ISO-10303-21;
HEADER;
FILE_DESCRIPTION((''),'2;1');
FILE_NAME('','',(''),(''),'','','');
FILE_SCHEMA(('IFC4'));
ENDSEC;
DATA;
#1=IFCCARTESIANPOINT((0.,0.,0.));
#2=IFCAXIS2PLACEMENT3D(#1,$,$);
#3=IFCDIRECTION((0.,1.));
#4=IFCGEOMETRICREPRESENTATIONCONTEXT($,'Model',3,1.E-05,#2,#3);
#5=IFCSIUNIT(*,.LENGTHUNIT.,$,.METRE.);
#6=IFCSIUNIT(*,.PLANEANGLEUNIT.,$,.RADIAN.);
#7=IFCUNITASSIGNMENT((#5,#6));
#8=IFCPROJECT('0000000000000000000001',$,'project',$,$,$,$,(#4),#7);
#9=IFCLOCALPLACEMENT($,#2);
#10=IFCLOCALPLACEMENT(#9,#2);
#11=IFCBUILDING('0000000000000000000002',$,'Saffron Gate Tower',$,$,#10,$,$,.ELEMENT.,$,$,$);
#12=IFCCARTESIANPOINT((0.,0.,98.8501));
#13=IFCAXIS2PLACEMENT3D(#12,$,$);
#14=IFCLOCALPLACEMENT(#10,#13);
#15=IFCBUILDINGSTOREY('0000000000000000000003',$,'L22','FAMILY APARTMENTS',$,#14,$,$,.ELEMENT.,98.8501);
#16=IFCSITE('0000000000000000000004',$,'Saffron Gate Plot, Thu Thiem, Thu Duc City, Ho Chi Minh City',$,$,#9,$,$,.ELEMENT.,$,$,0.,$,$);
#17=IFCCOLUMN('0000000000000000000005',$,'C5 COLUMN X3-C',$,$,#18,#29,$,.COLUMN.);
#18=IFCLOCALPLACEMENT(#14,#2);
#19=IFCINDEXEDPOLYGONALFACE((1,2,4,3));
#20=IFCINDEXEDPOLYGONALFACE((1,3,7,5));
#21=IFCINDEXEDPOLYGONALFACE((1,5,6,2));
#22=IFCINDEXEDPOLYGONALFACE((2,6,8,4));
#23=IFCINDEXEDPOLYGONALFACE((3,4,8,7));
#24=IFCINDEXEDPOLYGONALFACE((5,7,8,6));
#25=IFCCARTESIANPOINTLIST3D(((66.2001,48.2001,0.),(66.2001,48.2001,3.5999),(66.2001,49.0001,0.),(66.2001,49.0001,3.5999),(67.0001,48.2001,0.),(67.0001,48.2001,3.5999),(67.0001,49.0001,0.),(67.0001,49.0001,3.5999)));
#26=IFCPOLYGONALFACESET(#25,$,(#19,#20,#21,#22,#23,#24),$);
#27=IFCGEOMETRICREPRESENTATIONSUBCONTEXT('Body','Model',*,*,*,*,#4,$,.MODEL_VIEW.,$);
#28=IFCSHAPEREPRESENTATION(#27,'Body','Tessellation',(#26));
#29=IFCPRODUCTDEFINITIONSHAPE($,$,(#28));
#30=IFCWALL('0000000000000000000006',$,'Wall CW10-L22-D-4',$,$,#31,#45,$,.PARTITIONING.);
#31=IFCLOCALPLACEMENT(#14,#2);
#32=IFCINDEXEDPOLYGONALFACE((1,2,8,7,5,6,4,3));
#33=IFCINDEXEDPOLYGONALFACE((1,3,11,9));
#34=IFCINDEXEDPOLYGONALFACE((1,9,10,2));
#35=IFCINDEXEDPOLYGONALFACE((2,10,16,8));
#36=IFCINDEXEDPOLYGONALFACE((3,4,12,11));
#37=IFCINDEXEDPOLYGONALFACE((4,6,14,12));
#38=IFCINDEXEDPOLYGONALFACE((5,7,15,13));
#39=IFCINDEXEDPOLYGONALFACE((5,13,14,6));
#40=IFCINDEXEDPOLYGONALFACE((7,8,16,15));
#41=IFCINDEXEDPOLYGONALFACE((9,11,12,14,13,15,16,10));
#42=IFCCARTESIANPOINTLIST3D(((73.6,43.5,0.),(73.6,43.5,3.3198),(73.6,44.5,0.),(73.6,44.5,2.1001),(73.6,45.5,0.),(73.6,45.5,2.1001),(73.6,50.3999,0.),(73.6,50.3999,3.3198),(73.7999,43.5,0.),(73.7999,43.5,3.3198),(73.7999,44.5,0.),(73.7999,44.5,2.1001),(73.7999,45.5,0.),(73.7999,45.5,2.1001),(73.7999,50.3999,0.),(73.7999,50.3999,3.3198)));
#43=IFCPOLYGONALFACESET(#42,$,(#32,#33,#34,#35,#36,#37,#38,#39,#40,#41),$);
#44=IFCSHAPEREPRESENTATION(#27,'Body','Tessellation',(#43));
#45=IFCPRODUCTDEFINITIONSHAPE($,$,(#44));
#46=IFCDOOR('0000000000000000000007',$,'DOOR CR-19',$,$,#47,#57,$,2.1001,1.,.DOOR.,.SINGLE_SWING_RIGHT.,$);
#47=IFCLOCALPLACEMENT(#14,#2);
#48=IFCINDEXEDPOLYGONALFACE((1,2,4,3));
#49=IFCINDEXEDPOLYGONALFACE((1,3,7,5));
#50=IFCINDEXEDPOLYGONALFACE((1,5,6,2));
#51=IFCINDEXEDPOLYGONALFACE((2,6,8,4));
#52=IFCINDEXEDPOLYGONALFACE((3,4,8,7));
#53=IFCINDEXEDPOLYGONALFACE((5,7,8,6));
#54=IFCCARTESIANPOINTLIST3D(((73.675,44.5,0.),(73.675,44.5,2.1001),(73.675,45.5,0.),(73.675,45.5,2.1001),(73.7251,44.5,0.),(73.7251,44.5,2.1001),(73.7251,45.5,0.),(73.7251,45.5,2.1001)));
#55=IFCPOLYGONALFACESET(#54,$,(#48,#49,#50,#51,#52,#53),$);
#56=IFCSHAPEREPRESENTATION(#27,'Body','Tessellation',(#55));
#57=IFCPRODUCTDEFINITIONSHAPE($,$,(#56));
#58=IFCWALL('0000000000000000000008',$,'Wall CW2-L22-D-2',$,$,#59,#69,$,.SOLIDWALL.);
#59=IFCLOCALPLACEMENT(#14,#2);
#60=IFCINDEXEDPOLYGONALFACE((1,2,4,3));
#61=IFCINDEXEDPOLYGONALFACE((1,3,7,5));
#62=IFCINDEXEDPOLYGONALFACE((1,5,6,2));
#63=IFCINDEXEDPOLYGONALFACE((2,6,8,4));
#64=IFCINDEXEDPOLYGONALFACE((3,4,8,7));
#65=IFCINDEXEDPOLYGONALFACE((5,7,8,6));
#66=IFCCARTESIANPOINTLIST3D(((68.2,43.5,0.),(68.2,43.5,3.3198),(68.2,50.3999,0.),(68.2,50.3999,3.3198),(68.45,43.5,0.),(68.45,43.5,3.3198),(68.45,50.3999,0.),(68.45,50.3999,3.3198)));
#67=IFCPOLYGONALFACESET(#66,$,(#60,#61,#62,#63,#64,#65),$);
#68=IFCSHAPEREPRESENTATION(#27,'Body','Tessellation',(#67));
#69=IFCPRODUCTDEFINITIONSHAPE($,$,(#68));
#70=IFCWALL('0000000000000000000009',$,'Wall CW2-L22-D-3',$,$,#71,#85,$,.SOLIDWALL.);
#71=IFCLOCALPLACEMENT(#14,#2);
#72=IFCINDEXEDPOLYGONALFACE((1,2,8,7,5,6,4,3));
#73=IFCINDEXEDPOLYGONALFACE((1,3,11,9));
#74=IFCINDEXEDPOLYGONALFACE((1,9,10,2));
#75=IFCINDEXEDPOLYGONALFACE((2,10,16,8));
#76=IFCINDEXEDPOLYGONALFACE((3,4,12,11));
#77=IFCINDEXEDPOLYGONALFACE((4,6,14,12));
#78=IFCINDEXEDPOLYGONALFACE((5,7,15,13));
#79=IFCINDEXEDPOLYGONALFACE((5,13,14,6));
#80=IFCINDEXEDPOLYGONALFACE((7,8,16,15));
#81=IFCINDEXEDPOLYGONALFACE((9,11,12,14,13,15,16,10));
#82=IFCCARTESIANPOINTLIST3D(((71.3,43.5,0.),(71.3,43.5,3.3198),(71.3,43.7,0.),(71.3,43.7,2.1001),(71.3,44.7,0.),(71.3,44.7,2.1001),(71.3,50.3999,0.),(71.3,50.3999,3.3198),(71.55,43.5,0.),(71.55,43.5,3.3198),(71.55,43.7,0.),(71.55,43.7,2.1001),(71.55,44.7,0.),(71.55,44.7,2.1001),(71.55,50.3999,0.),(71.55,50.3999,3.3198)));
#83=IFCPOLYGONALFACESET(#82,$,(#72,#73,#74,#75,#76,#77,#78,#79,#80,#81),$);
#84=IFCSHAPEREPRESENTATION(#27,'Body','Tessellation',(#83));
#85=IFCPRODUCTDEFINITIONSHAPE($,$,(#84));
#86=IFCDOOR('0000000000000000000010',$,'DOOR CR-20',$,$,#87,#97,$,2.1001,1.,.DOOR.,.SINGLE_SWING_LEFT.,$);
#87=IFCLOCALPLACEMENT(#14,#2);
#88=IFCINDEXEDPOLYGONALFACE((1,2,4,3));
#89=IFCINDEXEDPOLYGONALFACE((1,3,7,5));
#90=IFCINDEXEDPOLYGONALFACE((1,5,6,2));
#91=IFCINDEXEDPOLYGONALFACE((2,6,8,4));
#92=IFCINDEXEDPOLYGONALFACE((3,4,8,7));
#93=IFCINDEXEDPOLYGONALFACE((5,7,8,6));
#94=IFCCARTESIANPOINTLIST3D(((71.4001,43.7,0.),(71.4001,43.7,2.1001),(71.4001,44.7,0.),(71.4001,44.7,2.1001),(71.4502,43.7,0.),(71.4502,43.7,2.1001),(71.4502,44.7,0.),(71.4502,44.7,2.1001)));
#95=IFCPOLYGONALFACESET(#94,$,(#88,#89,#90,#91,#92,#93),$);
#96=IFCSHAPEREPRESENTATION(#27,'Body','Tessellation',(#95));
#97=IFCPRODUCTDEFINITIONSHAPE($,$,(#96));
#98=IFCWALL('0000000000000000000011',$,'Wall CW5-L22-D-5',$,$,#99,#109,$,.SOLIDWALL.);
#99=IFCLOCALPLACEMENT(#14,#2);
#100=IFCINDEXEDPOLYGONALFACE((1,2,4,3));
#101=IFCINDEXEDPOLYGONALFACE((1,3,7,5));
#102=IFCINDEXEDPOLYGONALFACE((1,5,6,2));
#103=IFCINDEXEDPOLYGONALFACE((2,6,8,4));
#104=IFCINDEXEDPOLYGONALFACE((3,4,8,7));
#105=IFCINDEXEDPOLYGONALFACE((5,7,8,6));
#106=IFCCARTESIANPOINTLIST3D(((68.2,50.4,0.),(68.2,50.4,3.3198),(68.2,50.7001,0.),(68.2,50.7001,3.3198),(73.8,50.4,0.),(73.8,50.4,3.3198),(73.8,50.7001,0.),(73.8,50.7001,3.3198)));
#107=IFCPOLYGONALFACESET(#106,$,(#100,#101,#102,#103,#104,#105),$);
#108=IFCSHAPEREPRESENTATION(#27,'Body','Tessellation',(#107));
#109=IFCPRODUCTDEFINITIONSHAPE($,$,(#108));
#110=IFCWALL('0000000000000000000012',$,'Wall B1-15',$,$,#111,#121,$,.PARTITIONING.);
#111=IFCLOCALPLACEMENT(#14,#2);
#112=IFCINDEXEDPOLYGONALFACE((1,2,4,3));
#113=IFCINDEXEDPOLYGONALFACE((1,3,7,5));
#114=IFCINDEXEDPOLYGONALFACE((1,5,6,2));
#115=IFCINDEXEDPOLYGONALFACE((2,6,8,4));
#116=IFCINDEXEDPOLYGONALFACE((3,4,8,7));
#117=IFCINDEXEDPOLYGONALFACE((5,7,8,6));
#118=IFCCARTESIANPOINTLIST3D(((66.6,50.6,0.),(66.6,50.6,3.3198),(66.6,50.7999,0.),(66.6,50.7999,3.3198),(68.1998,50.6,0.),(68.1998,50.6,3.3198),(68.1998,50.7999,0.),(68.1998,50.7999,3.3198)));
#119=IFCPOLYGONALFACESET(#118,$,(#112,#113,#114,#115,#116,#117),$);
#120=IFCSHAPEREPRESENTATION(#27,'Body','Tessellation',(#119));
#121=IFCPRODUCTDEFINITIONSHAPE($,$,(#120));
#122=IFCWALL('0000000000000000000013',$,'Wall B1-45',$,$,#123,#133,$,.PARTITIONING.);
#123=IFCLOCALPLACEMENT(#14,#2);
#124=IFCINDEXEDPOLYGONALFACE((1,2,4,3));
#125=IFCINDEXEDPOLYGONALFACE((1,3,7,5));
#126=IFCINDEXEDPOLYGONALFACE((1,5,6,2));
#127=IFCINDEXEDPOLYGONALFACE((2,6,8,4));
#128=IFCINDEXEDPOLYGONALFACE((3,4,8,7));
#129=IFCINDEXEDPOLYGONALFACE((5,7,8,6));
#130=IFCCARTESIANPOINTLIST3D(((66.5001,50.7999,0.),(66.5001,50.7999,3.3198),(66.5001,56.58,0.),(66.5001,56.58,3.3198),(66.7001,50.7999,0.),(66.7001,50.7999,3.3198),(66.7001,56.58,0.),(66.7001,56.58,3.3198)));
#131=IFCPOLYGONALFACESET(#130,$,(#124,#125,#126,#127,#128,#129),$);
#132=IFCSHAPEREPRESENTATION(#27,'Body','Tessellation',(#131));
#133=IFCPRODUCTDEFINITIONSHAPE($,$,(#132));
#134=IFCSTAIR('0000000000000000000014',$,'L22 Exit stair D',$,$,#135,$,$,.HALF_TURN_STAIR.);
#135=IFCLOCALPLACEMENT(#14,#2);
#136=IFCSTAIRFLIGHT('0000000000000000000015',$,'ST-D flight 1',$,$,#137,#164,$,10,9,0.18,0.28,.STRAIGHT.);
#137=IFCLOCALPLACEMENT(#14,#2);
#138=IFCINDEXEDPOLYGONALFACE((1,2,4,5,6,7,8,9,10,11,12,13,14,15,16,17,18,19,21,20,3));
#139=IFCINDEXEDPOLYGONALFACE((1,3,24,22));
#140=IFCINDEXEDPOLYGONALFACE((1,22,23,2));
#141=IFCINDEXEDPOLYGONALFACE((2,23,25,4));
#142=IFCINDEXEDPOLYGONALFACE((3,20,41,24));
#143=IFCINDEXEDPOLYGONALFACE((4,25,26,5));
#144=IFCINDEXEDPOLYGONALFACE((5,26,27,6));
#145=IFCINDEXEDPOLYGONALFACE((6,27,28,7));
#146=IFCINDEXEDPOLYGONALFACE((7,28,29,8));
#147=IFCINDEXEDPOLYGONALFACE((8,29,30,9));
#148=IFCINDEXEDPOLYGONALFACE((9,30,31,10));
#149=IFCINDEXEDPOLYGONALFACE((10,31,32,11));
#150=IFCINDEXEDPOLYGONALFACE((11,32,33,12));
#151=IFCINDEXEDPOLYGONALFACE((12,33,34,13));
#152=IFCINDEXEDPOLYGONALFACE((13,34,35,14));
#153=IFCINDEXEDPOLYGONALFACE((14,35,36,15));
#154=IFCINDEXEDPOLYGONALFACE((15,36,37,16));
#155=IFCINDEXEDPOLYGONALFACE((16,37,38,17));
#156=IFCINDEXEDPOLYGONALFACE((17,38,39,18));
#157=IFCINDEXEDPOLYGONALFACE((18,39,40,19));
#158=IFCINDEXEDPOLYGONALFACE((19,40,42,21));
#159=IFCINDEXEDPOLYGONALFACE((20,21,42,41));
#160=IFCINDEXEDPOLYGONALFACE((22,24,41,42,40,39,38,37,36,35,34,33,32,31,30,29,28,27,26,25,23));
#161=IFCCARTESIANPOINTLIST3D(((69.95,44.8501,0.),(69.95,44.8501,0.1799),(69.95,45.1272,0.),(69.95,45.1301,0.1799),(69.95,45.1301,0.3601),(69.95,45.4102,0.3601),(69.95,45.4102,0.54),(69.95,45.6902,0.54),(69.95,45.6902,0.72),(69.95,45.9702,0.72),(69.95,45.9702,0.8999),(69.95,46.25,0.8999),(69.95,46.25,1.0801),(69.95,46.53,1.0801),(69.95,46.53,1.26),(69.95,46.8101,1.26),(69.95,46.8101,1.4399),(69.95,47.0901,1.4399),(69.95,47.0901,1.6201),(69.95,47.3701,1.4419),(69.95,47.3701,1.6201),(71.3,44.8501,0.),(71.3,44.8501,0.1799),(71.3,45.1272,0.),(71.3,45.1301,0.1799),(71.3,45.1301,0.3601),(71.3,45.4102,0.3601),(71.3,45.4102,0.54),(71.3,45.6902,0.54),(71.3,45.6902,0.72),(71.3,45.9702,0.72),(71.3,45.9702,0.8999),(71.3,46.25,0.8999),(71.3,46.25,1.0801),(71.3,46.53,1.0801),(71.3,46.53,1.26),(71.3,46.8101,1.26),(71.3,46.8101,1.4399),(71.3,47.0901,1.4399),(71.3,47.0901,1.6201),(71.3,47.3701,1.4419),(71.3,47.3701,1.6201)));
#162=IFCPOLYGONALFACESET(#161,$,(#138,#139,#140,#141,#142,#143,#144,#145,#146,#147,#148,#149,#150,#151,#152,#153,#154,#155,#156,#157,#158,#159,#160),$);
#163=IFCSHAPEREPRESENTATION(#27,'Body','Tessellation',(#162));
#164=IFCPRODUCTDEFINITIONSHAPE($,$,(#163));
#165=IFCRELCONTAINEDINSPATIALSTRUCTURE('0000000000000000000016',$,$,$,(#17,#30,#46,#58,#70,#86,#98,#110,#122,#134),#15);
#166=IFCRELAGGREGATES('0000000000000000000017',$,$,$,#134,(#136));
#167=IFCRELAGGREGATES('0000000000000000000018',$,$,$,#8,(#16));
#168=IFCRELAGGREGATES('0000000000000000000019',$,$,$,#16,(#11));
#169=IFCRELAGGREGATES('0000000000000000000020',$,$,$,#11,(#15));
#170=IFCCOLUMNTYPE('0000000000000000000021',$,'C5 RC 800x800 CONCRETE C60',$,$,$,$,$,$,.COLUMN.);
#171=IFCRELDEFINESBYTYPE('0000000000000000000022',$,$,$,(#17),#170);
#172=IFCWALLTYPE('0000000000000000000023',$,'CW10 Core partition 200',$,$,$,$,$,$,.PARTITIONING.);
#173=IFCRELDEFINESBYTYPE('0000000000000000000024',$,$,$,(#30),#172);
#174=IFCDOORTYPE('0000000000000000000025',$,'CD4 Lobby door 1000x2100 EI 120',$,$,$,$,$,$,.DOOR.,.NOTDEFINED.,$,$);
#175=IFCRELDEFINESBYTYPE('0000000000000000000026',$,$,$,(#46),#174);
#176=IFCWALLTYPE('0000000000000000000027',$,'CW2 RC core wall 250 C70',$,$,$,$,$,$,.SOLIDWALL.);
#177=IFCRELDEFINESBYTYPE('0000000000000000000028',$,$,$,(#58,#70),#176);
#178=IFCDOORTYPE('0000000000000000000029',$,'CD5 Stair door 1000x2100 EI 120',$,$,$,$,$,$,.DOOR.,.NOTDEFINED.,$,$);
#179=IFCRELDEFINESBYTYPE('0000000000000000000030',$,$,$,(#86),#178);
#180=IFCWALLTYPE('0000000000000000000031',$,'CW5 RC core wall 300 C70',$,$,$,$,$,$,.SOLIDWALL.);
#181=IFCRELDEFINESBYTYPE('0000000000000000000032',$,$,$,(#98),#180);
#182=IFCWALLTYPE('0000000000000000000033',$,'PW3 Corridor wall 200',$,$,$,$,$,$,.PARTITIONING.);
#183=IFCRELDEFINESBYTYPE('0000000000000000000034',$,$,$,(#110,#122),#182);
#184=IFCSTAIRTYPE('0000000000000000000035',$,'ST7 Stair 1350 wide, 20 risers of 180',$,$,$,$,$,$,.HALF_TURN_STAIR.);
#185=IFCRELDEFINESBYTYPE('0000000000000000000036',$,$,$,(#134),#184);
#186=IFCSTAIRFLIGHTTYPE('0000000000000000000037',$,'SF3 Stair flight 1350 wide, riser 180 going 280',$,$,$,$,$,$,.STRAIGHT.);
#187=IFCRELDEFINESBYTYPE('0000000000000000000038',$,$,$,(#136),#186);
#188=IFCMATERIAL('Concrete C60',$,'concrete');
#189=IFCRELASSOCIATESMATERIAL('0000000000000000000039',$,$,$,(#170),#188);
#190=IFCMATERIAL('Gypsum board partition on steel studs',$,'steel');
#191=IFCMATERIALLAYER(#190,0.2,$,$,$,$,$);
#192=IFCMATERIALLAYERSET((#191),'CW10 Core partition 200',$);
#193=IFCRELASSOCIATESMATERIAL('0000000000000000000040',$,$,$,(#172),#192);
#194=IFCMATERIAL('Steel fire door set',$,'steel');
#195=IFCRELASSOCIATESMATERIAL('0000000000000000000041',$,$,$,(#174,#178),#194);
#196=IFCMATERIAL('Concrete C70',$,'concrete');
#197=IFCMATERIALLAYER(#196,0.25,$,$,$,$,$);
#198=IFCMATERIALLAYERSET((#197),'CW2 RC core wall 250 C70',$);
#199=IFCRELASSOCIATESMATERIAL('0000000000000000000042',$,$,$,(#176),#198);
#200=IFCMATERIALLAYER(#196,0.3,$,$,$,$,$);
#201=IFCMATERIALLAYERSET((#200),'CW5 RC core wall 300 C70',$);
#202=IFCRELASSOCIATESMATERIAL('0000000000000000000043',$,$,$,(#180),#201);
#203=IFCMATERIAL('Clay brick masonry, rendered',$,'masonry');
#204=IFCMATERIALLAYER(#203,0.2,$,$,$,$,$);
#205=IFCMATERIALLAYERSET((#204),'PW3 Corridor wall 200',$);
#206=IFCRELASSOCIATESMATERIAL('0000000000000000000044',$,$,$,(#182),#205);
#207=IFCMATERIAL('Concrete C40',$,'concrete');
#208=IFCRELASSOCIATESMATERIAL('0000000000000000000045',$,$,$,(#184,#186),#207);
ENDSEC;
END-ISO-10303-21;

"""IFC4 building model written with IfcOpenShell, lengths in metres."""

from ifc_helpers import new_model, si_unit, direction, frame, frame_2d, origin, origin_2d, place, context, subcontext, project, spatial, polyline, rectangle, outline, extrude, material, layer, layer_set, material_profile, profile_set, type_object, element, fill, aggregate, save


model = new_model("IFC4")

# Units and contexts
model_context = context("Model", 3, precision=1e-05, world=origin(), true_north=direction((0.0, 1.0)))
body_context = subcontext(model_context, "Body", "Model", "MODEL_VIEW")
ifc_project = project(units=[si_unit("LENGTHUNIT", "METRE"), si_unit("PLANEANGLEUNIT", "RADIAN")], contexts=[model_context])

# Site, building, storey
site_placement = place(None, origin())
site = spatial("IfcSite", under=ifc_project, at=site_placement, Name="Saffron Gate Plot, Thu Thiem, Thu Duc City, Ho Chi Minh City", CompositionType="ELEMENT", RefElevation=0.0)
building_placement = place(site_placement, origin())
building = spatial("IfcBuilding", under=site, at=building_placement, Name="Saffron Gate Tower", CompositionType="ELEMENT")
storey_placement = place(building_placement, frame((0.0, 0.0, 98.8501)))
storey = spatial("IfcBuildingStorey", under=building, at=storey_placement, Name="L22", Description="FAMILY APARTMENTS", CompositionType="ELEMENT", Elevation=98.8501)

# Column
ifc_material_1 = material(Name="Concrete C60", Category="concrete")
ifc_material_profile = material_profile(ifc_material_1, rectangle(XDim=0.8, YDim=0.8, at=origin_2d()))
ifc_profile_set = profile_set([ifc_material_profile], Name="Concrete C60")
column_type = type_object("IfcColumnType", Name="C5 RC 800x800 CONCRETE C60", PredefinedType="COLUMN", material=ifc_profile_set)
column_placement = place(storey_placement, frame((66.6001, 48.6001, 0.0), z_axis=(0.0, 0.0, 1.0), x_axis=(1.0, 0.0, 0.0)))
element("IfcColumn", 1, at=column_placement, inside=storey, type_object=column_type, Name="C5 COLUMN X3-C", PredefinedType="COLUMN", context=body_context, shape_type="SweptSolid", body=[
    extrude(rectangle(XDim=0.8, YDim=0.8, at=origin_2d()), origin(), (0.0, 0.0, 1.0), 3.5999),
])

# Wall, opening, door
ifc_material_2 = material(Name="Gypsum board partition on steel studs", Category="steel")
ifc_layer_1 = layer(ifc_material_2, 0.2)
ifc_layer_set_1 = layer_set([ifc_layer_1], Name="CW10 Core partition 200")
wall_type_1 = type_object("IfcWallType", Name="CW10 Core partition 200", PredefinedType="PARTITIONING", material=ifc_layer_set_1)
wall_1_placement = place(storey_placement, frame((73.7, 43.5, 0.0), z_axis=(0.0, 0.0, 1.0), x_axis=(0.0, 1.0, 0.0)))
wall_1 = element("IfcWall", 2, at=wall_1_placement, inside=storey, type_object=wall_type_1, Name="Wall CW10-L22-D-4", PredefinedType="PARTITIONING", context=body_context, shape_type="SweptSolid", body=[
    extrude(rectangle(XDim=6.8999, YDim=0.2, at=frame_2d((3.45, 0.0))), origin(), (0.0, 0.0, 1.0), 3.3198),
])
opening_1_placement = place(wall_1_placement, frame((1.0, 0.0, 0.0)))
opening_1 = element("IfcOpeningElement", 3, at=opening_1_placement, cuts=wall_1, PredefinedType="OPENING", context=body_context, shape_type="SweptSolid", body=[
    extrude(rectangle(XDim=1.0, YDim=2.1001, at=frame_2d((0.5, 1.05))), frame((0.0, 0.1099, 0.0), z_axis=(0.0, -1.0, 0.0), x_axis=(1.0, 0.0, 0.0)), (0.0, 0.0, 1.0), 0.22),
])
ifc_material_3 = material(Name="Steel fire door set", Category="steel")
door_type_1 = type_object("IfcDoorType", Name="CD4 Lobby door 1000x2100 EI 120", OperationType="NOTDEFINED", PredefinedType="DOOR", material=ifc_material_3)
door_1_placement = place(opening_1_placement, origin())
door_1 = element("IfcDoor", 4, at=door_1_placement, inside=storey, type_object=door_type_1, Name="DOOR CR-19", OperationType="SINGLE_SWING_RIGHT", OverallHeight=2.1001, OverallWidth=1.0, PredefinedType="DOOR", context=body_context, shape_type="SweptSolid", body=[
    extrude(rectangle(XDim=1.0, YDim=2.1001, at=frame_2d((0.5, 1.05))), frame((0.0, 0.0249, 0.0), z_axis=(0.0, -1.0, 0.0), x_axis=(1.0, 0.0, 0.0)), (0.0, 0.0, 1.0), 0.05),
])
fill(opening_1, door_1)

# Wall
ifc_material_4 = material(Name="Concrete C70", Category="concrete")
ifc_layer_2 = layer(ifc_material_4, 0.25)
ifc_layer_set_2 = layer_set([ifc_layer_2], Name="CW2 RC core wall 250 C70")
wall_type_2 = type_object("IfcWallType", Name="CW2 RC core wall 250 C70", PredefinedType="SOLIDWALL", material=ifc_layer_set_2)
wall_2_placement = place(storey_placement, frame((68.325, 43.5, 0.0), z_axis=(0.0, 0.0, 1.0), x_axis=(0.0, 1.0, 0.0)))
element("IfcWall", 5, at=wall_2_placement, inside=storey, type_object=wall_type_2, Name="Wall CW2-L22-D-2", PredefinedType="SOLIDWALL", context=body_context, shape_type="SweptSolid", body=[
    extrude(rectangle(XDim=6.8999, YDim=0.25, at=frame_2d((3.45, 0.0))), origin(), (0.0, 0.0, 1.0), 3.3198),
])

# Wall, opening, door
wall_3_placement = place(storey_placement, frame((71.425, 43.5, 0.0), z_axis=(0.0, 0.0, 1.0), x_axis=(0.0, 1.0, 0.0)))
wall_3 = element("IfcWall", 6, at=wall_3_placement, inside=storey, type_object=wall_type_2, Name="Wall CW2-L22-D-3", PredefinedType="SOLIDWALL", context=body_context, shape_type="SweptSolid", body=[
    extrude(rectangle(XDim=6.8999, YDim=0.25, at=frame_2d((3.45, 0.0))), origin(), (0.0, 0.0, 1.0), 3.3198),
])
opening_2_placement = place(wall_3_placement, frame((0.2, 0.0, 0.0)))
opening_2 = element("IfcOpeningElement", 7, at=opening_2_placement, cuts=wall_3, PredefinedType="OPENING", context=body_context, shape_type="SweptSolid", body=[
    extrude(rectangle(XDim=1.0, YDim=2.1001, at=frame_2d((0.5, 1.05))), frame((0.0, 0.135, 0.0), z_axis=(0.0, -1.0, 0.0), x_axis=(1.0, 0.0, 0.0)), (0.0, 0.0, 1.0), 0.27),
])
door_type_2 = type_object("IfcDoorType", Name="CD5 Stair door 1000x2100 EI 120", OperationType="NOTDEFINED", PredefinedType="DOOR", material=ifc_material_3)
door_2_placement = place(opening_2_placement, origin())
door_2 = element("IfcDoor", 8, at=door_2_placement, inside=storey, type_object=door_type_2, Name="DOOR CR-20", OperationType="SINGLE_SWING_LEFT", OverallHeight=2.1001, OverallWidth=1.0, PredefinedType="DOOR", context=body_context, shape_type="SweptSolid", body=[
    extrude(rectangle(XDim=1.0, YDim=2.1001, at=frame_2d((0.5, 1.05))), frame((0.0, 0.0249, 0.0), z_axis=(0.0, -1.0, 0.0), x_axis=(1.0, 0.0, 0.0)), (0.0, 0.0, 1.0), 0.05),
])
fill(opening_2, door_2)

# Walls
ifc_layer_3 = layer(ifc_material_4, 0.3)
ifc_layer_set_3 = layer_set([ifc_layer_3], Name="CW5 RC core wall 300 C70")
wall_type_3 = type_object("IfcWallType", Name="CW5 RC core wall 300 C70", PredefinedType="SOLIDWALL", material=ifc_layer_set_3)
wall_4_placement = place(storey_placement, frame((68.2, 50.55, 0.0), z_axis=(0.0, 0.0, 1.0), x_axis=(1.0, 0.0, 0.0)))
element("IfcWall", 9, at=wall_4_placement, inside=storey, type_object=wall_type_3, Name="Wall CW5-L22-D-5", PredefinedType="SOLIDWALL", context=body_context, shape_type="SweptSolid", body=[
    extrude(rectangle(XDim=5.6001, YDim=0.3, at=frame_2d((2.8, 0.0))), origin(), (0.0, 0.0, 1.0), 3.3198),
])
ifc_material_5 = material(Name="Clay brick masonry, rendered", Category="masonry")
ifc_layer_4 = layer(ifc_material_5, 0.2)
ifc_layer_set_4 = layer_set([ifc_layer_4], Name="PW3 Corridor wall 200")
wall_type_4 = type_object("IfcWallType", Name="PW3 Corridor wall 200", PredefinedType="PARTITIONING", material=ifc_layer_set_4)
wall_5_placement = place(storey_placement, frame((66.6001, 50.7, 0.0), z_axis=(0.0, 0.0, 1.0), x_axis=(1.0, 0.0, 0.0)))
element("IfcWall", 10, at=wall_5_placement, inside=storey, type_object=wall_type_4, Name="Wall B1-15", PredefinedType="PARTITIONING", context=body_context, shape_type="SweptSolid", body=[
    extrude(rectangle(XDim=1.5999, YDim=0.2, at=frame_2d((0.7998, 0.0))), origin(), (0.0, 0.0, 1.0), 3.3198),
])
wall_6_placement = place(storey_placement, frame((66.6001, 56.5801, 0.0), z_axis=(0.0, 0.0, 1.0), x_axis=(0.0, -1.0, 0.0)))
element("IfcWall", 11, at=wall_6_placement, inside=storey, type_object=wall_type_4, Name="Wall B1-45", PredefinedType="PARTITIONING", context=body_context, shape_type="SweptSolid", body=[
    extrude(rectangle(XDim=5.78, YDim=0.2, at=frame_2d((2.8901, 0.0))), origin(), (0.0, 0.0, 1.0), 3.3198),
])

# Stair, stair flight
ifc_material_6 = material(Name="Concrete C40", Category="concrete")
stair_type = type_object("IfcStairType", Name="ST7 Stair 1350 wide, 20 risers of 180", PredefinedType="HALF_TURN_STAIR", material=ifc_material_6)
stair_placement = place(storey_placement, origin())
stair = element("IfcStair", 12, at=stair_placement, inside=storey, type_object=stair_type, Name="L22 Exit stair D", PredefinedType="HALF_TURN_STAIR")
stair_flight_type = type_object("IfcStairFlightType", Name="SF3 Stair flight 1350 wide, riser 180 going 280", PredefinedType="STRAIGHT", material=ifc_material_6)
stair_flight_1_placement = place(storey_placement, frame((70.625, 44.8501, 0.0), z_axis=(0.0, 0.0, 1.0), x_axis=(0.0, 1.0, 0.0)))
stair_flight_1 = element("IfcStairFlight", 13, at=stair_flight_1_placement, type_object=stair_flight_type, Name="ST-D flight 1", NumberOfRisers=10, NumberOfTreads=9, PredefinedType="STRAIGHT", RiserHeight=0.18, TreadLength=0.28, context=body_context, shape_type="SweptSolid", body=[
    extrude(outline(polyline([(0.0, 0.0), (0.0, 0.1799), (0.28, 0.1799), (0.28, 0.3601), (0.5601, 0.3601), (0.5601, 0.54), (0.8401, 0.54), (0.8401, 0.72), (1.1201, 0.72), (1.1201, 0.8999), (1.3999, 0.8999), (1.3999, 1.0801), (1.6799, 1.0801), (1.6799, 1.26), (1.96, 1.26), (1.96, 1.4399), (2.24, 1.4399), (2.24, 1.6201), (2.52, 1.6201), (2.52, 1.8), (2.52, 1.4419), (0.2771, 0.0), (0.0, 0.0)])), frame((0.0, 0.675, 0.0), z_axis=(0.0, -1.0, 0.0), x_axis=(1.0, 0.0, 0.0)), (0.0, 0.0, 1.0), 1.3501),
])
aggregate(stair, [stair_flight_1])

save(model, "model.ifc")
